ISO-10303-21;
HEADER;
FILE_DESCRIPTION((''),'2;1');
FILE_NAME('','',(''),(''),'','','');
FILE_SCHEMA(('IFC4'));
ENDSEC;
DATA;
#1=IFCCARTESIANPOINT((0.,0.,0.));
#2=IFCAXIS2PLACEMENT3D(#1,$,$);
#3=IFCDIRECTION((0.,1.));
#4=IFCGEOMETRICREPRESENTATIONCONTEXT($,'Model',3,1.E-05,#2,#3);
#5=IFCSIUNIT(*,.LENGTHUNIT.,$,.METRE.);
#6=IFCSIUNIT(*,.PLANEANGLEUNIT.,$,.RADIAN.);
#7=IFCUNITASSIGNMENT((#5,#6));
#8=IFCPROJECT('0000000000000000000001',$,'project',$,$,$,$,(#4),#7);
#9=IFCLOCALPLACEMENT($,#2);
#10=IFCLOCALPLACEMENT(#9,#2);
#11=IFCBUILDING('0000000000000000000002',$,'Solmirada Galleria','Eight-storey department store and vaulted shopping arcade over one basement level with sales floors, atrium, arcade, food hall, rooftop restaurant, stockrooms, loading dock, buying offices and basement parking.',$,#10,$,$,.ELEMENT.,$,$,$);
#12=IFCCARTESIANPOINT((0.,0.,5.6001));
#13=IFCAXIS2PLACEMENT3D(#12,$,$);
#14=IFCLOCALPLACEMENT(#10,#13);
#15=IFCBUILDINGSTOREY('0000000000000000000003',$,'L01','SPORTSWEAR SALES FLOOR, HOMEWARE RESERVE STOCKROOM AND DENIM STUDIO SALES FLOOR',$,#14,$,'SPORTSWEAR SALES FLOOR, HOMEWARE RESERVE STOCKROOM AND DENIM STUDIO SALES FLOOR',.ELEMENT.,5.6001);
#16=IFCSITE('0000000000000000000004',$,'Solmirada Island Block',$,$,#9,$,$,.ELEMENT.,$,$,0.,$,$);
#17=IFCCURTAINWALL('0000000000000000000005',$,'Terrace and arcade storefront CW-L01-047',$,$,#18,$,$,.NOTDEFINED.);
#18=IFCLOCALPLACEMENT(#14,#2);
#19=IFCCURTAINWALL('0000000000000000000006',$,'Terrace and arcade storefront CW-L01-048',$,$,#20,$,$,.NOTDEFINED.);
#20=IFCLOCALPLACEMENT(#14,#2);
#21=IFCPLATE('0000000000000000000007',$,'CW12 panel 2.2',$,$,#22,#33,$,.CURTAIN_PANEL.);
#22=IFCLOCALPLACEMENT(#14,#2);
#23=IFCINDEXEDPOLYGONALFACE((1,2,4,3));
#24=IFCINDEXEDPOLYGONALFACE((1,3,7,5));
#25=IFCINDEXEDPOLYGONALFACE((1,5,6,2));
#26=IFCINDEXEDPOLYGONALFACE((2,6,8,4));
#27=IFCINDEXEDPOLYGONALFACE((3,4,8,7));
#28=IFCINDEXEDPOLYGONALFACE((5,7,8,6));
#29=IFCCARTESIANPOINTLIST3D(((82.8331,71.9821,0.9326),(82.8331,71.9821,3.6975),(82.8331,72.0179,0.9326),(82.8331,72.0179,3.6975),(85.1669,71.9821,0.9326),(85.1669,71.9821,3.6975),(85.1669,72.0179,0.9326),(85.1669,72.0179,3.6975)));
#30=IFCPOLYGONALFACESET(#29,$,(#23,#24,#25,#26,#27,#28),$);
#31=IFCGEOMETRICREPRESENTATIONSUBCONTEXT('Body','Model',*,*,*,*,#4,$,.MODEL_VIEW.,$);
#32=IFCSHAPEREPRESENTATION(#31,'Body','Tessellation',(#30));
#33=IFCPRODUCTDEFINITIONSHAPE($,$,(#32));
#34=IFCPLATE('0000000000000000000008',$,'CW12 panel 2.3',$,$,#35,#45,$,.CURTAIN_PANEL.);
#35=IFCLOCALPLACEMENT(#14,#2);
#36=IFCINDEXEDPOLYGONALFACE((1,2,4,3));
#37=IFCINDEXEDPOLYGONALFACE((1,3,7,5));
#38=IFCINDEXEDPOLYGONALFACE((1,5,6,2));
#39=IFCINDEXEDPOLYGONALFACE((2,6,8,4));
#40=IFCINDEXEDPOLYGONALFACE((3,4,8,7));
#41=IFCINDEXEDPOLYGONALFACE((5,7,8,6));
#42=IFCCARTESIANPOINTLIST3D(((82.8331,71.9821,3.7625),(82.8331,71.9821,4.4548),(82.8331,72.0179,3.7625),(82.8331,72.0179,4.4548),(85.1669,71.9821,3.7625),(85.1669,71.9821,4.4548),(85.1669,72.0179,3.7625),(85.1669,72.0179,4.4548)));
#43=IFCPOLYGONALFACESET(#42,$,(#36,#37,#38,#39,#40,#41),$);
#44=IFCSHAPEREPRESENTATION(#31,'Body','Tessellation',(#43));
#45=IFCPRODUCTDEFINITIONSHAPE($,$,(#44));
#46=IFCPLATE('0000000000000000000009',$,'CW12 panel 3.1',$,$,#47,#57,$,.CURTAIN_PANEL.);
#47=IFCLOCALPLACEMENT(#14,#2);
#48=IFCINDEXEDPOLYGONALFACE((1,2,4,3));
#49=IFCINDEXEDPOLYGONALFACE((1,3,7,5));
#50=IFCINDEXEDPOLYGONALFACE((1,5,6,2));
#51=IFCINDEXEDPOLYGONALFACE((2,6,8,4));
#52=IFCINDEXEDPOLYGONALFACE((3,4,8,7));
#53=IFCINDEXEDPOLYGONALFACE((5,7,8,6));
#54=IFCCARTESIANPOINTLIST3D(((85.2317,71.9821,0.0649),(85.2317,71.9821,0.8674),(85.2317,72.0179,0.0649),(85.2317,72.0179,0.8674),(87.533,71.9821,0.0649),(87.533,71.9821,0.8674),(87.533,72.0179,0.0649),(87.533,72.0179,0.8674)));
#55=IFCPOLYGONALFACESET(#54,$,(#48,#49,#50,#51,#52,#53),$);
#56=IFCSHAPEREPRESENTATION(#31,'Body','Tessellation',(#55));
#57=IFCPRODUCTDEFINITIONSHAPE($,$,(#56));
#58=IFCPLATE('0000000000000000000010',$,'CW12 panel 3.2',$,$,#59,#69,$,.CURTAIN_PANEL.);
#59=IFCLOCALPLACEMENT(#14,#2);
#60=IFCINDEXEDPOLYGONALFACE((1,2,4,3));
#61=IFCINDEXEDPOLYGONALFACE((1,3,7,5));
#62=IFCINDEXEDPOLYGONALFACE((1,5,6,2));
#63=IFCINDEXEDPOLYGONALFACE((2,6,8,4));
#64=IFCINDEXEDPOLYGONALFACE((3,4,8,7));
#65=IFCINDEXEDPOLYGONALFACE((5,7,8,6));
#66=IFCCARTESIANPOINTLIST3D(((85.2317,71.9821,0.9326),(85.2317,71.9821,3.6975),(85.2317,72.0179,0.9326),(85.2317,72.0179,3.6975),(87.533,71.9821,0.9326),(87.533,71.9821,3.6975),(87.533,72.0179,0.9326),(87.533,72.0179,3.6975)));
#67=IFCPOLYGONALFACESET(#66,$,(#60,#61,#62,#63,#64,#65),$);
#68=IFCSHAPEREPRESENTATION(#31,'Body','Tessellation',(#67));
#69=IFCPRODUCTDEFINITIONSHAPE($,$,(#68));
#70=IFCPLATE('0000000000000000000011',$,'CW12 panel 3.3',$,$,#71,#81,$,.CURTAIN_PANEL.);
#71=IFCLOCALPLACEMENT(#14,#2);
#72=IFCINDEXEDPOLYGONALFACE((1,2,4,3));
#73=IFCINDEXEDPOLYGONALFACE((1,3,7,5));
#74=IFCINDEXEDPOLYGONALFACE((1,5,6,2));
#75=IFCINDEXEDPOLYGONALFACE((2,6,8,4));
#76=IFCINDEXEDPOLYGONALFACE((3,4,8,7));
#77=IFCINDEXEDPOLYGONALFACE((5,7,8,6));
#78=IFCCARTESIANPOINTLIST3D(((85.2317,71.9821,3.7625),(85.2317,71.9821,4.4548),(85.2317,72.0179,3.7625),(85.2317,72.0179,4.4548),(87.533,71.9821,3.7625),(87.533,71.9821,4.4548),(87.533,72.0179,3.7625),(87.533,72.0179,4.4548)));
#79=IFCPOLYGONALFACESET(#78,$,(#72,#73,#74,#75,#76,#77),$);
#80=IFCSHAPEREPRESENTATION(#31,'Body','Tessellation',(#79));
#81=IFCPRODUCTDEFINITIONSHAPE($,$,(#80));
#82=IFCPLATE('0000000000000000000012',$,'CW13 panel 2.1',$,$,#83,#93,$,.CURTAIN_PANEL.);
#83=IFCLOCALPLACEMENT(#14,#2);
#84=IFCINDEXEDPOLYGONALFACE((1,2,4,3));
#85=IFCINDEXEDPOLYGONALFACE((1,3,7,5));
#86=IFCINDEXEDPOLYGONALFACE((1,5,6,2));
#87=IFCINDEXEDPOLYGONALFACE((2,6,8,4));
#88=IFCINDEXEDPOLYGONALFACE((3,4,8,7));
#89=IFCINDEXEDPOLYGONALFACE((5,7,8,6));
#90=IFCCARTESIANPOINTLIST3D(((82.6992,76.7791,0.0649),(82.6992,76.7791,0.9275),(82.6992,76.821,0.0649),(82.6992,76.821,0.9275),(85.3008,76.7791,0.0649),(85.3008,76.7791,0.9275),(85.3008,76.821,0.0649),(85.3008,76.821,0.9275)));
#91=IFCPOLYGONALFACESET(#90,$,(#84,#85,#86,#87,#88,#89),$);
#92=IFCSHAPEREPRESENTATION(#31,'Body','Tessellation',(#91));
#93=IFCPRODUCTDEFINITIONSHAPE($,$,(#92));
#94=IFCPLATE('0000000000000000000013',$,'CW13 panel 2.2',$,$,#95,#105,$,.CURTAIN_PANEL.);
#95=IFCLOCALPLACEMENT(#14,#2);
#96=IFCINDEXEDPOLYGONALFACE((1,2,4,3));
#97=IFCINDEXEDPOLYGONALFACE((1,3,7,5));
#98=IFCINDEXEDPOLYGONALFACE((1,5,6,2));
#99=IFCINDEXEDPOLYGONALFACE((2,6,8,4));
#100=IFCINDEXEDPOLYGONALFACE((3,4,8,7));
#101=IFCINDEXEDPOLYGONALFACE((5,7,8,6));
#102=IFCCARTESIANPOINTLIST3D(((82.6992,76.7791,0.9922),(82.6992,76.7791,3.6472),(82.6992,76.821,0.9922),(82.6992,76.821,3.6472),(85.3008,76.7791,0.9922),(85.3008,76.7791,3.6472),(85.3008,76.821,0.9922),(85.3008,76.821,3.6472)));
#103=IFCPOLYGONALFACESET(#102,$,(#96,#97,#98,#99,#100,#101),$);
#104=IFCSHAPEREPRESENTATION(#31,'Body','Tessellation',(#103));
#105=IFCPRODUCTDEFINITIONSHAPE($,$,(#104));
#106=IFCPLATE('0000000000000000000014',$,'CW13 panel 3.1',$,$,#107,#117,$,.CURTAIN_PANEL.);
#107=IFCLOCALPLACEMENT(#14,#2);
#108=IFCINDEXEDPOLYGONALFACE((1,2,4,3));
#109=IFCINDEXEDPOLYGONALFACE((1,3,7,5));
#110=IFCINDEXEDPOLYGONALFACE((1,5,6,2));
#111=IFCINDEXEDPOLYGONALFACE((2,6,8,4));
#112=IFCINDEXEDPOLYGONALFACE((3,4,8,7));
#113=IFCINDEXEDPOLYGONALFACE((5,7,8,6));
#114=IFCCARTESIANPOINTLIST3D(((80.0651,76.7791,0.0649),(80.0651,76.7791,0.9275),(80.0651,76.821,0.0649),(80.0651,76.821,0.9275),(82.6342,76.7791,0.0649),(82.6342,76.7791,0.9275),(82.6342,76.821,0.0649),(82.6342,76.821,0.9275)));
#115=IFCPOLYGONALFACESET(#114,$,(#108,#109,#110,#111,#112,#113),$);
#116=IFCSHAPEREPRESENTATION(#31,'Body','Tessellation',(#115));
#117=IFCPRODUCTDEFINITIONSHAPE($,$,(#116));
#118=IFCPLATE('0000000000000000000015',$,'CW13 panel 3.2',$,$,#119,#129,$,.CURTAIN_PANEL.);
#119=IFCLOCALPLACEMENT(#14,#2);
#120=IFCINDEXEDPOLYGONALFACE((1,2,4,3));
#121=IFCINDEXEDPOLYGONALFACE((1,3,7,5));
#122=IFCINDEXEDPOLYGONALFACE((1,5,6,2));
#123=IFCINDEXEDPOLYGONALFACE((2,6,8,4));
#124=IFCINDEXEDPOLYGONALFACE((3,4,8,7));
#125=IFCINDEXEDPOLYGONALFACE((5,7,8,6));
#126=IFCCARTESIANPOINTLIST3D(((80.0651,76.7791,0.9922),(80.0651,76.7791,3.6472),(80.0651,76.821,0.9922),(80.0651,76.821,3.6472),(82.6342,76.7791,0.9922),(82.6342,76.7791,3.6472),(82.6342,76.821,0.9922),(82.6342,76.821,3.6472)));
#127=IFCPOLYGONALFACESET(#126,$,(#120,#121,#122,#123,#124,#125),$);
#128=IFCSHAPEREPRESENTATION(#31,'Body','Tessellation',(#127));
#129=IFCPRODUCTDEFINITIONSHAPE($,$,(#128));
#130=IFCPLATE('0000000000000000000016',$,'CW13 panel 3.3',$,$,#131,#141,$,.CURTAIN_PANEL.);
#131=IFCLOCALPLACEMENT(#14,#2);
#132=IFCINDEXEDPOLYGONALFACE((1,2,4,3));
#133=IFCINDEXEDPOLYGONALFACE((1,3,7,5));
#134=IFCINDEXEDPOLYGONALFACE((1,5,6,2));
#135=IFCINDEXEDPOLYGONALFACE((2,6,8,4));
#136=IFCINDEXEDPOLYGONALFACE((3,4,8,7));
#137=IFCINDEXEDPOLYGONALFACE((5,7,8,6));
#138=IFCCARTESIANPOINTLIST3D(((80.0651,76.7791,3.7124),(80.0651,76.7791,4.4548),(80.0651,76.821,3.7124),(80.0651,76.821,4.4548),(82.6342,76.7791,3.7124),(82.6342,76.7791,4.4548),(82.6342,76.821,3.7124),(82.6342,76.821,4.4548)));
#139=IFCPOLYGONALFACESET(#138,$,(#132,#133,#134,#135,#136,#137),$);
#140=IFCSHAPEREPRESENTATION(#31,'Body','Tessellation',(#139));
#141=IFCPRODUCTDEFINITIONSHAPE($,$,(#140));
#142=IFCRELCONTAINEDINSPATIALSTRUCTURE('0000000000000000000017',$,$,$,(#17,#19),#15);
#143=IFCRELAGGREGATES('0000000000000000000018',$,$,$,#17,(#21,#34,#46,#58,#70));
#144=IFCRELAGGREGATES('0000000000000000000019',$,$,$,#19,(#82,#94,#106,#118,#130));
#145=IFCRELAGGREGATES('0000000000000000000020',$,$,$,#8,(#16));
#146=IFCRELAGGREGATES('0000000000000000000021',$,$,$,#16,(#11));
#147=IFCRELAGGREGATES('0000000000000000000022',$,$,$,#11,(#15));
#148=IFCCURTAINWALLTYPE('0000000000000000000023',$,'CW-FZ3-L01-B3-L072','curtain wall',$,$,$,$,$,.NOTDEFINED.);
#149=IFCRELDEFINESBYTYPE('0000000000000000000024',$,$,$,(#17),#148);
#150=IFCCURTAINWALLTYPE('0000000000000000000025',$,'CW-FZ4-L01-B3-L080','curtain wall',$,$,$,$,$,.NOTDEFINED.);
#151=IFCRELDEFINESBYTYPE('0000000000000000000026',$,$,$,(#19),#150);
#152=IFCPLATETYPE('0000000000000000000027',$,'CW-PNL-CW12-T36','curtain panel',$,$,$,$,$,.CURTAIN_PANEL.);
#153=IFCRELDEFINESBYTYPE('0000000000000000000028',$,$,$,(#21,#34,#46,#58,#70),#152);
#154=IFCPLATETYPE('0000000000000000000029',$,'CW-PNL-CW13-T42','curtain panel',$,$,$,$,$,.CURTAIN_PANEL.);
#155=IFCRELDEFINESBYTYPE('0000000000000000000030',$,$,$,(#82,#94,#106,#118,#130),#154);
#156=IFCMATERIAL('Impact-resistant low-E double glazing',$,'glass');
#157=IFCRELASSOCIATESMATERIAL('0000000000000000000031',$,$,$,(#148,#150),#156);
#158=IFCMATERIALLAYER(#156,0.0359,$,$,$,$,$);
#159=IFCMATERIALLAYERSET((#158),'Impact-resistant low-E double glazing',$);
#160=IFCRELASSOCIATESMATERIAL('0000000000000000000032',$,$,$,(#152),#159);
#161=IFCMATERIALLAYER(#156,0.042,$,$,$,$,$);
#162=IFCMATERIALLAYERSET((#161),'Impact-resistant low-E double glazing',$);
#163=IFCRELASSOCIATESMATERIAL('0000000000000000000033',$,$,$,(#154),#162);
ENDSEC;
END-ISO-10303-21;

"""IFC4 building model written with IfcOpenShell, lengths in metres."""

from ifc_helpers import new_model, si_unit, direction, frame, origin, origin_2d, place, context, subcontext, project, spatial, rectangle, extrude, material, layer, layer_set, type_object, element, aggregate, save


model = new_model("IFC4")

# Units and contexts
model_context = context("Model", 3, precision=1e-05, world=origin(), true_north=direction((0.0, 1.0)))
body_context = subcontext(model_context, "Body", "Model", "MODEL_VIEW")
ifc_project = project(units=[si_unit("LENGTHUNIT", "METRE"), si_unit("PLANEANGLEUNIT", "RADIAN")], contexts=[model_context])

# Site, building, storey
site_placement = place(None, origin())
site = spatial("IfcSite", under=ifc_project, at=site_placement, Name="Solmirada Island Block", CompositionType="ELEMENT", RefElevation=0.0)
building_placement = place(site_placement, origin())
building = spatial("IfcBuilding", under=site, at=building_placement, Name="Solmirada Galleria", Description="Eight-storey department store and vaulted shopping arcade over one basement level with sales floors, atrium, arcade, food hall, rooftop restaurant, stockrooms, loading dock, buying offices and basement parking.", CompositionType="ELEMENT")
storey_placement = place(building_placement, frame((0.0, 0.0, 5.6001)))
storey = spatial("IfcBuildingStorey", under=building, at=storey_placement, Name="L01", Description="SPORTSWEAR SALES FLOOR, HOMEWARE RESERVE STOCKROOM AND DENIM STUDIO SALES FLOOR", LongName="SPORTSWEAR SALES FLOOR, HOMEWARE RESERVE STOCKROOM AND DENIM STUDIO SALES FLOOR", CompositionType="ELEMENT", Elevation=5.6001)

# Curtain wall
ifc_material_1 = material(Name="Impact-resistant low-E double glazing", Category="glass")
curtain_wall_type_1 = type_object("IfcCurtainWallType", Name="CW-FZ3-L01-B3-L072", Description="curtain wall", PredefinedType="NOTDEFINED", material=ifc_material_1)
curtain_wall_1_placement = place(storey_placement, origin())
curtain_wall_1 = element("IfcCurtainWall", 1, at=curtain_wall_1_placement, inside=storey, type_object=curtain_wall_type_1, Name="Terrace and arcade storefront CW-L01-047", PredefinedType="NOTDEFINED")

# Curtain wall
curtain_wall_type_2 = type_object("IfcCurtainWallType", Name="CW-FZ4-L01-B3-L080", Description="curtain wall", PredefinedType="NOTDEFINED", material=ifc_material_1)
curtain_wall_2_placement = place(storey_placement, origin())
curtain_wall_2 = element("IfcCurtainWall", 2, at=curtain_wall_2_placement, inside=storey, type_object=curtain_wall_type_2, Name="Terrace and arcade storefront CW-L01-048", PredefinedType="NOTDEFINED")

# Plates
ifc_layer_1 = layer(ifc_material_1, 0.0359)
ifc_layer_set_1 = layer_set([ifc_layer_1], Name="Impact-resistant low-E double glazing")
plate_type_1 = type_object("IfcPlateType", Name="CW-PNL-CW12-T36", Description="curtain panel", PredefinedType="CURTAIN_PANEL", material=ifc_layer_set_1)
plate_1_placement = place(storey_placement, frame((84.0, 72.0, 0.9326), z_axis=(0.0, 0.0, 1.0), x_axis=(1.0, 0.0, 0.0)))
plate_1 = element("IfcPlate", 3, at=plate_1_placement, type_object=plate_type_1, Name="CW12 panel 2.2", PredefinedType="CURTAIN_PANEL", context=body_context, shape_type="SweptSolid", body=[
    extrude(rectangle(XDim=2.3337, YDim=0.0359, at=origin_2d()), origin(), (0.0, 0.0, 1.0), 2.7649),
])
plate_2_placement = place(storey_placement, frame((84.0, 72.0, 3.7625), z_axis=(0.0, 0.0, 1.0), x_axis=(1.0, 0.0, 0.0)))
plate_2 = element("IfcPlate", 4, at=plate_2_placement, type_object=plate_type_1, Name="CW12 panel 2.3", PredefinedType="CURTAIN_PANEL", context=body_context, shape_type="SweptSolid", body=[
    extrude(rectangle(XDim=2.3337, YDim=0.0359, at=origin_2d()), origin(), (0.0, 0.0, 1.0), 0.6924),
])
plate_3_placement = place(storey_placement, frame((86.3823, 72.0, 0.0649), z_axis=(0.0, 0.0, 1.0), x_axis=(1.0, 0.0, 0.0)))
plate_3 = element("IfcPlate", 5, at=plate_3_placement, type_object=plate_type_1, Name="CW12 panel 3.1", PredefinedType="CURTAIN_PANEL", context=body_context, shape_type="SweptSolid", body=[
    extrude(rectangle(XDim=2.3013, YDim=0.0359, at=origin_2d()), origin(), (0.0, 0.0, 1.0), 0.8025),
])
plate_4_placement = place(storey_placement, frame((86.3823, 72.0, 0.9326), z_axis=(0.0, 0.0, 1.0), x_axis=(1.0, 0.0, 0.0)))
plate_4 = element("IfcPlate", 6, at=plate_4_placement, type_object=plate_type_1, Name="CW12 panel 3.2", PredefinedType="CURTAIN_PANEL", context=body_context, shape_type="SweptSolid", body=[
    extrude(rectangle(XDim=2.3013, YDim=0.0359, at=origin_2d()), origin(), (0.0, 0.0, 1.0), 2.7649),
])
plate_5_placement = place(storey_placement, frame((86.3823, 72.0, 3.7625), z_axis=(0.0, 0.0, 1.0), x_axis=(1.0, 0.0, 0.0)))
plate_5 = element("IfcPlate", 7, at=plate_5_placement, type_object=plate_type_1, Name="CW12 panel 3.3", PredefinedType="CURTAIN_PANEL", context=body_context, shape_type="SweptSolid", body=[
    extrude(rectangle(XDim=2.3013, YDim=0.0359, at=origin_2d()), origin(), (0.0, 0.0, 1.0), 0.6924),
])
aggregate(curtain_wall_1, [plate_1, plate_2, plate_3, plate_4, plate_5])
ifc_layer_2 = layer(ifc_material_1, 0.042)
ifc_layer_set_2 = layer_set([ifc_layer_2], Name="Impact-resistant low-E double glazing")
plate_type_2 = type_object("IfcPlateType", Name="CW-PNL-CW13-T42", Description="curtain panel", PredefinedType="CURTAIN_PANEL", material=ifc_layer_set_2)
plate_6_placement = place(storey_placement, frame((84.0, 76.8, 0.0649), z_axis=(0.0, 0.0, 1.0), x_axis=(-1.0, 0.0, 0.0)))
plate_6 = element("IfcPlate", 8, at=plate_6_placement, type_object=plate_type_2, Name="CW13 panel 2.1", PredefinedType="CURTAIN_PANEL", context=body_context, shape_type="SweptSolid", body=[
    extrude(rectangle(XDim=2.6016, YDim=0.042, at=origin_2d()), origin(), (0.0, 0.0, 1.0), 0.8625),
])
plate_7_placement = place(storey_placement, frame((84.0, 76.8, 0.9922), z_axis=(0.0, 0.0, 1.0), x_axis=(-1.0, 0.0, 0.0)))
plate_7 = element("IfcPlate", 9, at=plate_7_placement, type_object=plate_type_2, Name="CW13 panel 2.2", PredefinedType="CURTAIN_PANEL", context=body_context, shape_type="SweptSolid", body=[
    extrude(rectangle(XDim=2.6016, YDim=0.042, at=origin_2d()), origin(), (0.0, 0.0, 1.0), 2.655),
])
plate_8_placement = place(storey_placement, frame((81.3496, 76.8, 0.0649), z_axis=(0.0, 0.0, 1.0), x_axis=(-1.0, 0.0, 0.0)))
plate_8 = element("IfcPlate", 10, at=plate_8_placement, type_object=plate_type_2, Name="CW13 panel 3.1", PredefinedType="CURTAIN_PANEL", context=body_context, shape_type="SweptSolid", body=[
    extrude(rectangle(XDim=2.5691, YDim=0.042, at=origin_2d()), origin(), (0.0, 0.0, 1.0), 0.8625),
])
plate_9_placement = place(storey_placement, frame((81.3496, 76.8, 0.9922), z_axis=(0.0, 0.0, 1.0), x_axis=(-1.0, 0.0, 0.0)))
plate_9 = element("IfcPlate", 11, at=plate_9_placement, type_object=plate_type_2, Name="CW13 panel 3.2", PredefinedType="CURTAIN_PANEL", context=body_context, shape_type="SweptSolid", body=[
    extrude(rectangle(XDim=2.5691, YDim=0.042, at=origin_2d()), origin(), (0.0, 0.0, 1.0), 2.655),
])
plate_10_placement = place(storey_placement, frame((81.3496, 76.8, 3.7124), z_axis=(0.0, 0.0, 1.0), x_axis=(-1.0, 0.0, 0.0)))
plate_10 = element("IfcPlate", 12, at=plate_10_placement, type_object=plate_type_2, Name="CW13 panel 3.3", PredefinedType="CURTAIN_PANEL", context=body_context, shape_type="SweptSolid", body=[
    extrude(rectangle(XDim=2.5691, YDim=0.042, at=origin_2d()), origin(), (0.0, 0.0, 1.0), 0.7424),
])
aggregate(curtain_wall_2, [plate_6, plate_7, plate_8, plate_9, plate_10])

save(model, "model.ifc")
